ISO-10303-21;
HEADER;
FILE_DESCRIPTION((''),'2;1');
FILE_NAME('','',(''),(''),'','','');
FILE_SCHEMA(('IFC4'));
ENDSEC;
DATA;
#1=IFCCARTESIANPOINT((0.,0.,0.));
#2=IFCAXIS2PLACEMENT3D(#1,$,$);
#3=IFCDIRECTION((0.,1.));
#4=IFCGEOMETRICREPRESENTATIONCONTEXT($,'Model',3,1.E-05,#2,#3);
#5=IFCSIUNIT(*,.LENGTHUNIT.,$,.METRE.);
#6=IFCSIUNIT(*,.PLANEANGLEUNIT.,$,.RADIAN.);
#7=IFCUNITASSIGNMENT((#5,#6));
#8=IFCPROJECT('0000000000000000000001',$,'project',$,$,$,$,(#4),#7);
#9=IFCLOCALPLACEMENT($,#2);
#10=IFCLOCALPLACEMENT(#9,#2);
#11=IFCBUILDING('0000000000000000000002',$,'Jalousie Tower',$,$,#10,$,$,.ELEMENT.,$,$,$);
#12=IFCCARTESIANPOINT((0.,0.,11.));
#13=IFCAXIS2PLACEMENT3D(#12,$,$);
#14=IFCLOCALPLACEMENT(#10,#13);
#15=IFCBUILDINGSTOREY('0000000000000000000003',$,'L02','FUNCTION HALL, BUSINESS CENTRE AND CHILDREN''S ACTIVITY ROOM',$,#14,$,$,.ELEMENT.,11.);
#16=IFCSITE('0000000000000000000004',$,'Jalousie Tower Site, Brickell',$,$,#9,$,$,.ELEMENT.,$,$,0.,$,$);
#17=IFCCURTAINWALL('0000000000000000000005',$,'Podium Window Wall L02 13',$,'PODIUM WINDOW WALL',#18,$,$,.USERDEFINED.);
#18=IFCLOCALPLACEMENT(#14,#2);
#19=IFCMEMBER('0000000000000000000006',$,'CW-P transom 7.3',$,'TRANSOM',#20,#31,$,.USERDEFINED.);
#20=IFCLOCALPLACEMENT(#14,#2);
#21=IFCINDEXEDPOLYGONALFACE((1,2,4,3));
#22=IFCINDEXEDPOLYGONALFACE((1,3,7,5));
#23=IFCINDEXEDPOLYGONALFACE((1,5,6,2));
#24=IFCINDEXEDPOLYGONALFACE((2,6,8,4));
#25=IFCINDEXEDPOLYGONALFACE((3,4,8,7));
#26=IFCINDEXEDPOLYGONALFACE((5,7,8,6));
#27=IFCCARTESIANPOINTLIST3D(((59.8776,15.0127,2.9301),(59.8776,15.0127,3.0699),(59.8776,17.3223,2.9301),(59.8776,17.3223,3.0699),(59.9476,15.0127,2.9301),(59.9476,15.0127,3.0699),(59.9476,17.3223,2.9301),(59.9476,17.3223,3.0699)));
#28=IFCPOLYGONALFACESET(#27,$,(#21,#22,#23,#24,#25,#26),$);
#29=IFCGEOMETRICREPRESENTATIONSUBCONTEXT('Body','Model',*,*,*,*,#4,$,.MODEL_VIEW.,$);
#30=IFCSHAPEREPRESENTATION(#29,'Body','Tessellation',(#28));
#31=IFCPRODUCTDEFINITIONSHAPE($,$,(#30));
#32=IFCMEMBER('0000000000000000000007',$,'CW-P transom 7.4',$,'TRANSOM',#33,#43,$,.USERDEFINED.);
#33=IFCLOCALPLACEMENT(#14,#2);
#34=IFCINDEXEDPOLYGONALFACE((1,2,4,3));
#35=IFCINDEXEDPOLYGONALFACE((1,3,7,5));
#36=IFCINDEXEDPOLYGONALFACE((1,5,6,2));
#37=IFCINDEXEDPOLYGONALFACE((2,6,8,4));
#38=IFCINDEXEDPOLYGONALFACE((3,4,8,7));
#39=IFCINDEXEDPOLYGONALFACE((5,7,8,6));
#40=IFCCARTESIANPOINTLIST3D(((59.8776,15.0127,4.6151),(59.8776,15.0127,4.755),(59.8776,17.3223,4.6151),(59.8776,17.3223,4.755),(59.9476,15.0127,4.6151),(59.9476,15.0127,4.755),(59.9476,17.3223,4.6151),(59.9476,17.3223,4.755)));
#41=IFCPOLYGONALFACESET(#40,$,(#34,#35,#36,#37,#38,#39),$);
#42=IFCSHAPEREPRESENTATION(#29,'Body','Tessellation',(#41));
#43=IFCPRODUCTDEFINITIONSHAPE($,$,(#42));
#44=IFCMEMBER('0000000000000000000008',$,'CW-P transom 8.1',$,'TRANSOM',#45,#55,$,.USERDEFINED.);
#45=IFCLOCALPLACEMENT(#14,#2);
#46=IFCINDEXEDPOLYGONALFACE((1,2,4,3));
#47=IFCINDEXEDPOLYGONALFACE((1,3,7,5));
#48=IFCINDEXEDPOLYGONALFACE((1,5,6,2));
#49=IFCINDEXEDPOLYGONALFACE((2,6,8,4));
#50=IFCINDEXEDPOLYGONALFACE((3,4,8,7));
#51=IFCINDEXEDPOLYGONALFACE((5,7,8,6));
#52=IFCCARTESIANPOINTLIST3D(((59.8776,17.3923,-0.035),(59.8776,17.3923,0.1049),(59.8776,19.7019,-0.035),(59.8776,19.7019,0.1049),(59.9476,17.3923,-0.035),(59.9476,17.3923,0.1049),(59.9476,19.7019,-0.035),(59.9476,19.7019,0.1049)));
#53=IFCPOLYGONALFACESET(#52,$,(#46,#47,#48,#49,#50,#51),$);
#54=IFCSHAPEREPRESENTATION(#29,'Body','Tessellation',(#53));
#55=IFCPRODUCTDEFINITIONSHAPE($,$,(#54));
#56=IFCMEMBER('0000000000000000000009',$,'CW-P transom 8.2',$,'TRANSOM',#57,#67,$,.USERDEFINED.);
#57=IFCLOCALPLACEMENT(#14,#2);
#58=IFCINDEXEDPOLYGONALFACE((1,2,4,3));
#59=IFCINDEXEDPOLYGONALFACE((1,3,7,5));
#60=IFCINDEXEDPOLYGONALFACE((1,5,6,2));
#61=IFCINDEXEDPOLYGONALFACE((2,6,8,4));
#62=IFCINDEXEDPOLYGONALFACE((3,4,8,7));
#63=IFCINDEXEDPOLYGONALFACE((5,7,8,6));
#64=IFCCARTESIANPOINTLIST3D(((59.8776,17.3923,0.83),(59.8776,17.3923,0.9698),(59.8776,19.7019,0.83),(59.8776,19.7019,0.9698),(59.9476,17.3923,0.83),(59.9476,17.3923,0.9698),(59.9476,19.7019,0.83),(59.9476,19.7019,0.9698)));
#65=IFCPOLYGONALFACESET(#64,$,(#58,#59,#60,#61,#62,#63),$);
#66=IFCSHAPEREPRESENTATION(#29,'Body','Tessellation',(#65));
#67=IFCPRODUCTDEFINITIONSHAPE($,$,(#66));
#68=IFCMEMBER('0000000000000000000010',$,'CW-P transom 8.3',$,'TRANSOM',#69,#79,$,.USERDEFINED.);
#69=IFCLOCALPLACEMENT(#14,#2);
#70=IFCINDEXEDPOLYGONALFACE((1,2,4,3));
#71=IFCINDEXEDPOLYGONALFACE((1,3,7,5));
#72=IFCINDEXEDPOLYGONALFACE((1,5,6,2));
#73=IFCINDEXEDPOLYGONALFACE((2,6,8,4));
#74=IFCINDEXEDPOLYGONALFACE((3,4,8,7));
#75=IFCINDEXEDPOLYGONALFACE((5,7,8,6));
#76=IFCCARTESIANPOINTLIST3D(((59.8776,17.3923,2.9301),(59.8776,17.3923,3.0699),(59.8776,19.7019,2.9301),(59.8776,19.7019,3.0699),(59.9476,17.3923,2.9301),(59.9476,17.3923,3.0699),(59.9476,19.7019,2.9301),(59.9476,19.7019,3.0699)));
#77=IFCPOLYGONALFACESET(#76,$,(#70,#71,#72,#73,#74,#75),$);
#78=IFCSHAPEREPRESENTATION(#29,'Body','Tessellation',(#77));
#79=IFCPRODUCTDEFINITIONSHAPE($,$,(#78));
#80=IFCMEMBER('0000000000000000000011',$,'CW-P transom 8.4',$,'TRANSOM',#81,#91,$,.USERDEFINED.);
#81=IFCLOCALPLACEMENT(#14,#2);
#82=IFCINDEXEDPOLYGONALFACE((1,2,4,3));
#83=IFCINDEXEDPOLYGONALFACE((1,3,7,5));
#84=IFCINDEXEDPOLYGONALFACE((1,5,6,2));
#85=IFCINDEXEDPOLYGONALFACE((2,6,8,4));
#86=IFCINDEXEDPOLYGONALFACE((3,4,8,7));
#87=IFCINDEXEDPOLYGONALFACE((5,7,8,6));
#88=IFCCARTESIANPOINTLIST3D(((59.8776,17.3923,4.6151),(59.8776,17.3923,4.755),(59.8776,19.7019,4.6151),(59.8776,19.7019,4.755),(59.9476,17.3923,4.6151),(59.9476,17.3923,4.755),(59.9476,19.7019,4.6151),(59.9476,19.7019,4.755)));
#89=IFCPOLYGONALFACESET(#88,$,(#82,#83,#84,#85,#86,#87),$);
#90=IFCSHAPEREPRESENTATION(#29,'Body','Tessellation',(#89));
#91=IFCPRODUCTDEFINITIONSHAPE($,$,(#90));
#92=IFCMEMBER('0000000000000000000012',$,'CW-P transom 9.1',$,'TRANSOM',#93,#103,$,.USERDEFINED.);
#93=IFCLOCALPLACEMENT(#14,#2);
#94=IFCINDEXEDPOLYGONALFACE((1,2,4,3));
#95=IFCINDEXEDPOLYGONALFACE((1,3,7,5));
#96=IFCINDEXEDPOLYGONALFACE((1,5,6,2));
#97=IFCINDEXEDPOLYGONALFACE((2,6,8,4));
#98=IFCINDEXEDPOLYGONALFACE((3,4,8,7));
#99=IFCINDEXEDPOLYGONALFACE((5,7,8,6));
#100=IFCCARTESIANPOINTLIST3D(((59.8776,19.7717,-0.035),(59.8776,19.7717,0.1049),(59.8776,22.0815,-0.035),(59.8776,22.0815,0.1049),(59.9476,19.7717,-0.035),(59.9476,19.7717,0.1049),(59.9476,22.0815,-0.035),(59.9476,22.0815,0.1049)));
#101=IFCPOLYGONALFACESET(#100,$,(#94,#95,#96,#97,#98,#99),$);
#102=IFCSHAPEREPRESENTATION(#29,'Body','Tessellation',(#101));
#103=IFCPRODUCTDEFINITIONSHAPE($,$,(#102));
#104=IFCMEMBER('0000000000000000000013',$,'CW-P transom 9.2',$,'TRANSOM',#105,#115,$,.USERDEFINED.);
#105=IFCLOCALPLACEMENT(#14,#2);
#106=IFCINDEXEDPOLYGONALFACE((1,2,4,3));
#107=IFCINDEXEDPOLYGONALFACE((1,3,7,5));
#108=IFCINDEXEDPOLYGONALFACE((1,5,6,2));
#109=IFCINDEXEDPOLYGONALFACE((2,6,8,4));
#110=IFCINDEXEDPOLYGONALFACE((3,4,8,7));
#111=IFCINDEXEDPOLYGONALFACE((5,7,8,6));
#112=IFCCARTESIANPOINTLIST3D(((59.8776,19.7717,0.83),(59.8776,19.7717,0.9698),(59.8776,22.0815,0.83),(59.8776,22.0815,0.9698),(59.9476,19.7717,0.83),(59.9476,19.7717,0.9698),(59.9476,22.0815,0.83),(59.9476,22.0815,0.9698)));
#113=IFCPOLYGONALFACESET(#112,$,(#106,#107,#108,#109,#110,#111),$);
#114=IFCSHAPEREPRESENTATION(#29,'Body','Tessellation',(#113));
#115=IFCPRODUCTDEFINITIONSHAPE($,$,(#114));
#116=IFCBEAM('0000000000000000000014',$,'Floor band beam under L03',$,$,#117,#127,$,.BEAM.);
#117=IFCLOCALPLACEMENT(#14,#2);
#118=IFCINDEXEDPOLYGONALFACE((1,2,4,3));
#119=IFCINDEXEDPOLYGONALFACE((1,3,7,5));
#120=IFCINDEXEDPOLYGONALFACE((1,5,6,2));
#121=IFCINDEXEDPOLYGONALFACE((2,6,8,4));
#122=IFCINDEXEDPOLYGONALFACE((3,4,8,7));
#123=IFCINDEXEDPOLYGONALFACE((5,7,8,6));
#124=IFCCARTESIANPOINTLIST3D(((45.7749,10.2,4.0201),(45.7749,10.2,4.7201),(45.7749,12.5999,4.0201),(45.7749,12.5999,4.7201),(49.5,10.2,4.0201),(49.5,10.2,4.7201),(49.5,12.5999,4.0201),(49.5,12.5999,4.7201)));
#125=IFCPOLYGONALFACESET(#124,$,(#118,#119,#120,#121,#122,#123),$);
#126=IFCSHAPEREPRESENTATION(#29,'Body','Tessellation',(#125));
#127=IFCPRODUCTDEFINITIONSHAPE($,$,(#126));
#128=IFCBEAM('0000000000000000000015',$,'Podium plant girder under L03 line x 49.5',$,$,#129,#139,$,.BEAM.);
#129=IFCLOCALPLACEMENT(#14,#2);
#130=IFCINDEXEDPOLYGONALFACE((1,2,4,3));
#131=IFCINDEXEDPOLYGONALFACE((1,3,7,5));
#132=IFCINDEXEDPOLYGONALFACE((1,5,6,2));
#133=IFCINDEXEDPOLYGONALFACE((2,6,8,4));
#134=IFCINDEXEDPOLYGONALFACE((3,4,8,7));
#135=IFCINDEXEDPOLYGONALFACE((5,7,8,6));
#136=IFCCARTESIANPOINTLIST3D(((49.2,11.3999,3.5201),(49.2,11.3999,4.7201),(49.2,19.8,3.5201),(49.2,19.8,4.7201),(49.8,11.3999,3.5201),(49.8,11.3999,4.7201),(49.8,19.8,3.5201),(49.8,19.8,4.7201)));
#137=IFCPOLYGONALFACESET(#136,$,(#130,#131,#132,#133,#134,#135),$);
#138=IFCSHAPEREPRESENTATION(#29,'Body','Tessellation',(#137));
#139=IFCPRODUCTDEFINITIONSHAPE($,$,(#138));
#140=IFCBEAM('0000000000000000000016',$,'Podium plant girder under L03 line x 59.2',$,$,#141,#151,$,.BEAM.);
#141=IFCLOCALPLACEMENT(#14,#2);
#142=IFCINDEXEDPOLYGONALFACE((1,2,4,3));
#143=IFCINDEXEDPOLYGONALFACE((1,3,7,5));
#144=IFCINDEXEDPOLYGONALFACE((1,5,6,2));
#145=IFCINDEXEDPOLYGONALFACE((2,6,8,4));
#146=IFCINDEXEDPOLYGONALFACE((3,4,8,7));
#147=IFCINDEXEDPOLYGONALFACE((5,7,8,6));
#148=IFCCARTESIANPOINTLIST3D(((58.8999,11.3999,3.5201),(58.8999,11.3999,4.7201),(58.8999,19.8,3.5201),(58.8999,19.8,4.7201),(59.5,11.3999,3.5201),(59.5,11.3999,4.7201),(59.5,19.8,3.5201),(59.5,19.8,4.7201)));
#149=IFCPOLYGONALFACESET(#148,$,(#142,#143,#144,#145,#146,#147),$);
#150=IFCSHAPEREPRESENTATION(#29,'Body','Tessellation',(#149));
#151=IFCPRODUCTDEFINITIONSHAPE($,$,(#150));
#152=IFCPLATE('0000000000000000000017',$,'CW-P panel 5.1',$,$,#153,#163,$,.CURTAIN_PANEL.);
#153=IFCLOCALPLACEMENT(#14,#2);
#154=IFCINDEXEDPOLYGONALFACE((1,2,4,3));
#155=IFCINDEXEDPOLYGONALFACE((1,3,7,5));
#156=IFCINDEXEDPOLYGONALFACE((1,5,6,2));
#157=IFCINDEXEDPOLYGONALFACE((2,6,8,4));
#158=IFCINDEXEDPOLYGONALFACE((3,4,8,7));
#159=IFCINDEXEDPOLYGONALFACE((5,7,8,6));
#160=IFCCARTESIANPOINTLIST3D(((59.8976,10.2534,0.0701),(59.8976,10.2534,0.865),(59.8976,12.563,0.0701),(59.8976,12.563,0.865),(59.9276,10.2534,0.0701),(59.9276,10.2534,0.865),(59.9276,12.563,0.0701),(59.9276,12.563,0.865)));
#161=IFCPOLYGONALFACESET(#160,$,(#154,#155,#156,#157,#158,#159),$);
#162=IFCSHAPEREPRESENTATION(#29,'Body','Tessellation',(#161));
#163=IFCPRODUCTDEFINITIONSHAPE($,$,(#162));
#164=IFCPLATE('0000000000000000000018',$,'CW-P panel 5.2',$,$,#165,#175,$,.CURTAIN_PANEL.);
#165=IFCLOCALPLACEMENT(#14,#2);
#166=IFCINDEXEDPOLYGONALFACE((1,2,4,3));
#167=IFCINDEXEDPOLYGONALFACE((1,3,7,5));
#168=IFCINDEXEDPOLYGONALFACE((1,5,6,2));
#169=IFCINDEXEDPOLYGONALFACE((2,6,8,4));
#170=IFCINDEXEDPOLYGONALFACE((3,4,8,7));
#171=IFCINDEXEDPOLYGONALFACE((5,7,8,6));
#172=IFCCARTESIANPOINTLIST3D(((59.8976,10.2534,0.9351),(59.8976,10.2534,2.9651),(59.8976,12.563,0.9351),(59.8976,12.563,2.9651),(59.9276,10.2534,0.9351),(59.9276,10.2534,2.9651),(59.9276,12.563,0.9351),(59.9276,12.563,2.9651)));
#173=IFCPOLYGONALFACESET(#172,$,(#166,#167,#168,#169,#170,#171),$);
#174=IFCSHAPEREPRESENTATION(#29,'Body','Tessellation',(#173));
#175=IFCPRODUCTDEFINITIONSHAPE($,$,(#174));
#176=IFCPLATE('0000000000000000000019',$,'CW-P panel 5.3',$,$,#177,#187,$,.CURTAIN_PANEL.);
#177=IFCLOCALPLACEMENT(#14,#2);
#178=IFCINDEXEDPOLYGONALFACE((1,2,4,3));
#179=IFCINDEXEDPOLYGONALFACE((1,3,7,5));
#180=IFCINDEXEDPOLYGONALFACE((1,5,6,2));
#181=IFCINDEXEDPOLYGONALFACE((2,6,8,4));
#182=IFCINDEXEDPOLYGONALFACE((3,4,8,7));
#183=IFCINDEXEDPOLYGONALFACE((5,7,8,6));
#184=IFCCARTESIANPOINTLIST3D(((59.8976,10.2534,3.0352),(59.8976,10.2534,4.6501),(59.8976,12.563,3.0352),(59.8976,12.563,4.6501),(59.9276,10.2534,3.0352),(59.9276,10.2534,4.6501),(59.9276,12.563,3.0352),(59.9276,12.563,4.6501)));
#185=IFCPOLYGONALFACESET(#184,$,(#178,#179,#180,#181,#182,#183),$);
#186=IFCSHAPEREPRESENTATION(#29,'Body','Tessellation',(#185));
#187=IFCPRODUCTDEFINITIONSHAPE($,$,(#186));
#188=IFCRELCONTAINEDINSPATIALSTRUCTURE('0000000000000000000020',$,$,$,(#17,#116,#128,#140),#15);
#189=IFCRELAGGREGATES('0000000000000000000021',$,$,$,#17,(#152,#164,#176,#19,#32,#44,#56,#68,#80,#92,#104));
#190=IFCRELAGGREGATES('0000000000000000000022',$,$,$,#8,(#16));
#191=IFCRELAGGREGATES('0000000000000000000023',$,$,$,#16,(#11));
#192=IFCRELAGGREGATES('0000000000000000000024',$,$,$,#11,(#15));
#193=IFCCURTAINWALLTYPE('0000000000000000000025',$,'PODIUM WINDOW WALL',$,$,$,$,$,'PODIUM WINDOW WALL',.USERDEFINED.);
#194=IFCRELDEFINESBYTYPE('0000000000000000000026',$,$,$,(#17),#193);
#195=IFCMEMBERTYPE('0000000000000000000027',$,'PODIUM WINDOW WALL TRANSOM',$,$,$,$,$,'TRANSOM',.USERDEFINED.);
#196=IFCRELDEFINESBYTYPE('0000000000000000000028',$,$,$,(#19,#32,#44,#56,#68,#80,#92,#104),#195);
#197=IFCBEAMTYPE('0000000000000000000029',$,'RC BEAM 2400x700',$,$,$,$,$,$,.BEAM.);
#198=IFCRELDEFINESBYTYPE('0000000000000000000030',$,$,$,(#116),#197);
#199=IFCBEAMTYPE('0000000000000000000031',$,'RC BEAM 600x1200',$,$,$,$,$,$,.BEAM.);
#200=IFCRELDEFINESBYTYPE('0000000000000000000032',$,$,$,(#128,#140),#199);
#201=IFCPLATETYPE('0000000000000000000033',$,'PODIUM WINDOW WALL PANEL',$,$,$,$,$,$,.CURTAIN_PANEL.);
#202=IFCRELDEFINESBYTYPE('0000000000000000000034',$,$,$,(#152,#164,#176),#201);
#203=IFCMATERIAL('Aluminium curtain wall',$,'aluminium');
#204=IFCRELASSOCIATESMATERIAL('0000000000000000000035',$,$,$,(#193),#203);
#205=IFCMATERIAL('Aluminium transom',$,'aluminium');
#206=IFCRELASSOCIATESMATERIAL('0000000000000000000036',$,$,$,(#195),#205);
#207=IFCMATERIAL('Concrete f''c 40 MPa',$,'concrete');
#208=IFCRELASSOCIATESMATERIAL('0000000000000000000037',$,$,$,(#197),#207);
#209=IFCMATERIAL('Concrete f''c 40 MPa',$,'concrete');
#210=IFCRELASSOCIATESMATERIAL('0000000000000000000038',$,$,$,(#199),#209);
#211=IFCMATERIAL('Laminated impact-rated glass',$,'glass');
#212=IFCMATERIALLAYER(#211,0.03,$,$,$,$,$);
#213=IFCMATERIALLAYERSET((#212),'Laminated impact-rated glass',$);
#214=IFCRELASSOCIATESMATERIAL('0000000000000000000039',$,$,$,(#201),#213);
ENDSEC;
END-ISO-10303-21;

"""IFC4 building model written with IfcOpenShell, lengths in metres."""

from ifc_helpers import new_model, si_unit, direction, frame, origin, origin_2d, place, context, subcontext, project, spatial, rectangle, extrude, material, layer, layer_set, material_profile, profile_set, type_object, element, aggregate, save


model = new_model("IFC4")

# Units and contexts
model_context = context("Model", 3, precision=1e-05, world=origin(), true_north=direction((0.0, 1.0)))
body_context = subcontext(model_context, "Body", "Model", "MODEL_VIEW")
ifc_project = project(units=[si_unit("LENGTHUNIT", "METRE"), si_unit("PLANEANGLEUNIT", "RADIAN")], contexts=[model_context])

# Site, building, storey
site_placement = place(None, origin())
site = spatial("IfcSite", under=ifc_project, at=site_placement, Name="Jalousie Tower Site, Brickell", CompositionType="ELEMENT", RefElevation=0.0)
building_placement = place(site_placement, origin())
building = spatial("IfcBuilding", under=site, at=building_placement, Name="Jalousie Tower", CompositionType="ELEMENT")
storey_placement = place(building_placement, frame((0.0, 0.0, 11.0)))
storey = spatial("IfcBuildingStorey", under=building, at=storey_placement, Name="L02", Description="FUNCTION HALL, BUSINESS CENTRE AND CHILDREN'S ACTIVITY ROOM", CompositionType="ELEMENT", Elevation=11.0)

# Curtain wall, members
ifc_material_1 = material(Name="Aluminium curtain wall", Category="aluminium")
curtain_wall_type = type_object("IfcCurtainWallType", Name="PODIUM WINDOW WALL", ElementType="PODIUM WINDOW WALL", PredefinedType="USERDEFINED", material=ifc_material_1)
curtain_wall_placement = place(storey_placement, origin())
curtain_wall = element("IfcCurtainWall", 1, at=curtain_wall_placement, inside=storey, type_object=curtain_wall_type, Name="Podium Window Wall L02 13", ObjectType="PODIUM WINDOW WALL", PredefinedType="USERDEFINED")
ifc_material_2 = material(Name="Aluminium transom", Category="aluminium")
ifc_material_profile_1 = material_profile(ifc_material_2, rectangle(XDim=0.0701, YDim=0.1399, at=origin_2d()), Name="TRANSOM 70x140")
ifc_profile_set_1 = profile_set([ifc_material_profile_1], Name="Aluminium transom")
member_type_1 = type_object("IfcMemberType", Name="PODIUM WINDOW WALL TRANSOM", ElementType="TRANSOM", PredefinedType="USERDEFINED", material=ifc_profile_set_1)
member_1_placement = place(storey_placement, frame((59.9126, 15.0127, 3.0), z_axis=(0.0, 1.0, 0.0), x_axis=(-1.0, 0.0, 0.0)))
member_1 = element("IfcMember", 2, at=member_1_placement, type_object=member_type_1, Name="CW-P transom 7.3", ObjectType="TRANSOM", PredefinedType="USERDEFINED", context=body_context, shape_type="SweptSolid", body=[
    extrude(rectangle(XDim=0.0701, YDim=0.1399, at=origin_2d()), origin(), (0.0, 0.0, 1.0), 2.3096),
])
member_2_placement = place(storey_placement, frame((59.9126, 15.0127, 4.6851), z_axis=(0.0, 1.0, 0.0), x_axis=(-1.0, 0.0, 0.0)))
member_2 = element("IfcMember", 3, at=member_2_placement, type_object=member_type_1, Name="CW-P transom 7.4", ObjectType="TRANSOM", PredefinedType="USERDEFINED", context=body_context, shape_type="SweptSolid", body=[
    extrude(rectangle(XDim=0.0701, YDim=0.1399, at=origin_2d()), origin(), (0.0, 0.0, 1.0), 2.3096),
])
member_3_placement = place(storey_placement, frame((59.9126, 17.3923, 0.0349), z_axis=(0.0, 1.0, 0.0), x_axis=(-1.0, 0.0, 0.0)))
member_3 = element("IfcMember", 4, at=member_3_placement, type_object=member_type_1, Name="CW-P transom 8.1", ObjectType="TRANSOM", PredefinedType="USERDEFINED", context=body_context, shape_type="SweptSolid", body=[
    extrude(rectangle(XDim=0.0701, YDim=0.1399, at=origin_2d()), origin(), (0.0, 0.0, 1.0), 2.3096),
])
member_4_placement = place(storey_placement, frame((59.9126, 17.3923, 0.8999), z_axis=(0.0, 1.0, 0.0), x_axis=(-1.0, 0.0, 0.0)))
member_4 = element("IfcMember", 5, at=member_4_placement, type_object=member_type_1, Name="CW-P transom 8.2", ObjectType="TRANSOM", PredefinedType="USERDEFINED", context=body_context, shape_type="SweptSolid", body=[
    extrude(rectangle(XDim=0.0701, YDim=0.1399, at=origin_2d()), origin(), (0.0, 0.0, 1.0), 2.3096),
])
member_5_placement = place(storey_placement, frame((59.9126, 17.3923, 3.0), z_axis=(0.0, 1.0, 0.0), x_axis=(-1.0, 0.0, 0.0)))
member_5 = element("IfcMember", 6, at=member_5_placement, type_object=member_type_1, Name="CW-P transom 8.3", ObjectType="TRANSOM", PredefinedType="USERDEFINED", context=body_context, shape_type="SweptSolid", body=[
    extrude(rectangle(XDim=0.0701, YDim=0.1399, at=origin_2d()), origin(), (0.0, 0.0, 1.0), 2.3096),
])
member_6_placement = place(storey_placement, frame((59.9126, 17.3923, 4.6851), z_axis=(0.0, 1.0, 0.0), x_axis=(-1.0, 0.0, 0.0)))
member_6 = element("IfcMember", 7, at=member_6_placement, type_object=member_type_1, Name="CW-P transom 8.4", ObjectType="TRANSOM", PredefinedType="USERDEFINED", context=body_context, shape_type="SweptSolid", body=[
    extrude(rectangle(XDim=0.0701, YDim=0.1399, at=origin_2d()), origin(), (0.0, 0.0, 1.0), 2.3096),
])
member_7_placement = place(storey_placement, frame((59.9126, 19.7717, 0.0349), z_axis=(0.0, 1.0, 0.0), x_axis=(-1.0, 0.0, 0.0)))
member_7 = element("IfcMember", 8, at=member_7_placement, type_object=member_type_1, Name="CW-P transom 9.1", ObjectType="TRANSOM", PredefinedType="USERDEFINED", context=body_context, shape_type="SweptSolid", body=[
    extrude(rectangle(XDim=0.0701, YDim=0.1399, at=origin_2d()), origin(), (0.0, 0.0, 1.0), 2.3098),
])
member_8_placement = place(storey_placement, frame((59.9126, 19.7717, 0.8999), z_axis=(0.0, 1.0, 0.0), x_axis=(-1.0, 0.0, 0.0)))
member_8 = element("IfcMember", 9, at=member_8_placement, type_object=member_type_1, Name="CW-P transom 9.2", ObjectType="TRANSOM", PredefinedType="USERDEFINED", context=body_context, shape_type="SweptSolid", body=[
    extrude(rectangle(XDim=0.0701, YDim=0.1399, at=origin_2d()), origin(), (0.0, 0.0, 1.0), 2.3098),
])

# Beams
ifc_material_3 = material(Name="Concrete f'c 40 MPa", Category="concrete")
ifc_material_profile_2 = material_profile(ifc_material_3, rectangle(XDim=2.3999, YDim=0.7, at=origin_2d()), Name="RC 2400x700")
ifc_profile_set_2 = profile_set([ifc_material_profile_2], Name="Concrete f'c 40 MPa")
beam_type_1 = type_object("IfcBeamType", Name="RC BEAM 2400x700", PredefinedType="BEAM", material=ifc_profile_set_2)
beam_placement = place(storey_placement, frame((49.5, 11.3999, 4.3701), z_axis=(-1.0, 0.0, 0.0), x_axis=(0.0, -1.0, 0.0)))
element("IfcBeam", 10, at=beam_placement, inside=storey, type_object=beam_type_1, Name="Floor band beam under L03", PredefinedType="BEAM", context=body_context, shape_type="SweptSolid", body=[
    extrude(rectangle(XDim=2.3999, YDim=0.7, at=origin_2d()), origin(), (0.0, 0.0, 1.0), 3.7251),
])
ifc_material_4 = material(Name="Concrete f'c 40 MPa", Category="concrete")
ifc_material_profile_3 = material_profile(ifc_material_4, rectangle(XDim=0.6001, YDim=1.2, at=origin_2d()), Name="RC 600x1200")
ifc_profile_set_3 = profile_set([ifc_material_profile_3], Name="Concrete f'c 40 MPa")
beam_type_2 = type_object("IfcBeamType", Name="RC BEAM 600x1200", PredefinedType="BEAM", material=ifc_profile_set_3)
for number, where, z_axis, x_axis, name in (
    (11, (49.5, 11.3999, 4.1201), (0.0, 1.0, 0.0), (-1.0, 0.0, 0.0), "Podium plant girder under L03 line x 49.5"),
    (12, (59.2, 11.3999, 4.1201), (0.0, 1.0, 0.0), (-1.0, 0.0, 0.0), "Podium plant girder under L03 line x 59.2"),
):
    element("IfcBeam", number, at=place(storey_placement, frame(where, z_axis=z_axis, x_axis=x_axis)), inside=storey, type_object=beam_type_2, Name=name, PredefinedType="BEAM", context=body_context, shape_type="SweptSolid", body=[
        extrude(rectangle(XDim=0.6001, YDim=1.2, at=origin_2d()), origin(), (0.0, 0.0, 1.0), 8.4001),
    ])

# Plates
ifc_material_5 = material(Name="Laminated impact-rated glass", Category="glass")
ifc_layer = layer(ifc_material_5, 0.03)
ifc_layer_set = layer_set([ifc_layer], Name="Laminated impact-rated glass")
plate_type = type_object("IfcPlateType", Name="PODIUM WINDOW WALL PANEL", PredefinedType="CURTAIN_PANEL", material=ifc_layer_set)
plate_1_placement = place(storey_placement, frame((59.9126, 11.4082, 0.0701), z_axis=(0.0, 0.0, 1.0), x_axis=(0.0, 1.0, 0.0)))
plate_1 = element("IfcPlate", 13, at=plate_1_placement, type_object=plate_type, Name="CW-P panel 5.1", PredefinedType="CURTAIN_PANEL", context=body_context, shape_type="SweptSolid", body=[
    extrude(rectangle(XDim=2.3096, YDim=0.03, at=origin_2d()), origin(), (0.0, 0.0, 1.0), 0.7949),
])
plate_2_placement = place(storey_placement, frame((59.9126, 11.4082, 0.9351), z_axis=(0.0, 0.0, 1.0), x_axis=(0.0, 1.0, 0.0)))
plate_2 = element("IfcPlate", 14, at=plate_2_placement, type_object=plate_type, Name="CW-P panel 5.2", PredefinedType="CURTAIN_PANEL", context=body_context, shape_type="SweptSolid", body=[
    extrude(rectangle(XDim=2.3096, YDim=0.03, at=origin_2d()), origin(), (0.0, 0.0, 1.0), 2.03),
])
plate_3_placement = place(storey_placement, frame((59.9126, 11.4082, 3.0352), z_axis=(0.0, 0.0, 1.0), x_axis=(0.0, 1.0, 0.0)))
plate_3 = element("IfcPlate", 15, at=plate_3_placement, type_object=plate_type, Name="CW-P panel 5.3", PredefinedType="CURTAIN_PANEL", context=body_context, shape_type="SweptSolid", body=[
    extrude(rectangle(XDim=2.3096, YDim=0.03, at=origin_2d()), origin(), (0.0, 0.0, 1.0), 1.615),
])
aggregate(curtain_wall, [plate_1, plate_2, plate_3, member_1, member_2, member_3, member_4, member_5, member_6, member_7, member_8])

save(model, "model.ifc")
